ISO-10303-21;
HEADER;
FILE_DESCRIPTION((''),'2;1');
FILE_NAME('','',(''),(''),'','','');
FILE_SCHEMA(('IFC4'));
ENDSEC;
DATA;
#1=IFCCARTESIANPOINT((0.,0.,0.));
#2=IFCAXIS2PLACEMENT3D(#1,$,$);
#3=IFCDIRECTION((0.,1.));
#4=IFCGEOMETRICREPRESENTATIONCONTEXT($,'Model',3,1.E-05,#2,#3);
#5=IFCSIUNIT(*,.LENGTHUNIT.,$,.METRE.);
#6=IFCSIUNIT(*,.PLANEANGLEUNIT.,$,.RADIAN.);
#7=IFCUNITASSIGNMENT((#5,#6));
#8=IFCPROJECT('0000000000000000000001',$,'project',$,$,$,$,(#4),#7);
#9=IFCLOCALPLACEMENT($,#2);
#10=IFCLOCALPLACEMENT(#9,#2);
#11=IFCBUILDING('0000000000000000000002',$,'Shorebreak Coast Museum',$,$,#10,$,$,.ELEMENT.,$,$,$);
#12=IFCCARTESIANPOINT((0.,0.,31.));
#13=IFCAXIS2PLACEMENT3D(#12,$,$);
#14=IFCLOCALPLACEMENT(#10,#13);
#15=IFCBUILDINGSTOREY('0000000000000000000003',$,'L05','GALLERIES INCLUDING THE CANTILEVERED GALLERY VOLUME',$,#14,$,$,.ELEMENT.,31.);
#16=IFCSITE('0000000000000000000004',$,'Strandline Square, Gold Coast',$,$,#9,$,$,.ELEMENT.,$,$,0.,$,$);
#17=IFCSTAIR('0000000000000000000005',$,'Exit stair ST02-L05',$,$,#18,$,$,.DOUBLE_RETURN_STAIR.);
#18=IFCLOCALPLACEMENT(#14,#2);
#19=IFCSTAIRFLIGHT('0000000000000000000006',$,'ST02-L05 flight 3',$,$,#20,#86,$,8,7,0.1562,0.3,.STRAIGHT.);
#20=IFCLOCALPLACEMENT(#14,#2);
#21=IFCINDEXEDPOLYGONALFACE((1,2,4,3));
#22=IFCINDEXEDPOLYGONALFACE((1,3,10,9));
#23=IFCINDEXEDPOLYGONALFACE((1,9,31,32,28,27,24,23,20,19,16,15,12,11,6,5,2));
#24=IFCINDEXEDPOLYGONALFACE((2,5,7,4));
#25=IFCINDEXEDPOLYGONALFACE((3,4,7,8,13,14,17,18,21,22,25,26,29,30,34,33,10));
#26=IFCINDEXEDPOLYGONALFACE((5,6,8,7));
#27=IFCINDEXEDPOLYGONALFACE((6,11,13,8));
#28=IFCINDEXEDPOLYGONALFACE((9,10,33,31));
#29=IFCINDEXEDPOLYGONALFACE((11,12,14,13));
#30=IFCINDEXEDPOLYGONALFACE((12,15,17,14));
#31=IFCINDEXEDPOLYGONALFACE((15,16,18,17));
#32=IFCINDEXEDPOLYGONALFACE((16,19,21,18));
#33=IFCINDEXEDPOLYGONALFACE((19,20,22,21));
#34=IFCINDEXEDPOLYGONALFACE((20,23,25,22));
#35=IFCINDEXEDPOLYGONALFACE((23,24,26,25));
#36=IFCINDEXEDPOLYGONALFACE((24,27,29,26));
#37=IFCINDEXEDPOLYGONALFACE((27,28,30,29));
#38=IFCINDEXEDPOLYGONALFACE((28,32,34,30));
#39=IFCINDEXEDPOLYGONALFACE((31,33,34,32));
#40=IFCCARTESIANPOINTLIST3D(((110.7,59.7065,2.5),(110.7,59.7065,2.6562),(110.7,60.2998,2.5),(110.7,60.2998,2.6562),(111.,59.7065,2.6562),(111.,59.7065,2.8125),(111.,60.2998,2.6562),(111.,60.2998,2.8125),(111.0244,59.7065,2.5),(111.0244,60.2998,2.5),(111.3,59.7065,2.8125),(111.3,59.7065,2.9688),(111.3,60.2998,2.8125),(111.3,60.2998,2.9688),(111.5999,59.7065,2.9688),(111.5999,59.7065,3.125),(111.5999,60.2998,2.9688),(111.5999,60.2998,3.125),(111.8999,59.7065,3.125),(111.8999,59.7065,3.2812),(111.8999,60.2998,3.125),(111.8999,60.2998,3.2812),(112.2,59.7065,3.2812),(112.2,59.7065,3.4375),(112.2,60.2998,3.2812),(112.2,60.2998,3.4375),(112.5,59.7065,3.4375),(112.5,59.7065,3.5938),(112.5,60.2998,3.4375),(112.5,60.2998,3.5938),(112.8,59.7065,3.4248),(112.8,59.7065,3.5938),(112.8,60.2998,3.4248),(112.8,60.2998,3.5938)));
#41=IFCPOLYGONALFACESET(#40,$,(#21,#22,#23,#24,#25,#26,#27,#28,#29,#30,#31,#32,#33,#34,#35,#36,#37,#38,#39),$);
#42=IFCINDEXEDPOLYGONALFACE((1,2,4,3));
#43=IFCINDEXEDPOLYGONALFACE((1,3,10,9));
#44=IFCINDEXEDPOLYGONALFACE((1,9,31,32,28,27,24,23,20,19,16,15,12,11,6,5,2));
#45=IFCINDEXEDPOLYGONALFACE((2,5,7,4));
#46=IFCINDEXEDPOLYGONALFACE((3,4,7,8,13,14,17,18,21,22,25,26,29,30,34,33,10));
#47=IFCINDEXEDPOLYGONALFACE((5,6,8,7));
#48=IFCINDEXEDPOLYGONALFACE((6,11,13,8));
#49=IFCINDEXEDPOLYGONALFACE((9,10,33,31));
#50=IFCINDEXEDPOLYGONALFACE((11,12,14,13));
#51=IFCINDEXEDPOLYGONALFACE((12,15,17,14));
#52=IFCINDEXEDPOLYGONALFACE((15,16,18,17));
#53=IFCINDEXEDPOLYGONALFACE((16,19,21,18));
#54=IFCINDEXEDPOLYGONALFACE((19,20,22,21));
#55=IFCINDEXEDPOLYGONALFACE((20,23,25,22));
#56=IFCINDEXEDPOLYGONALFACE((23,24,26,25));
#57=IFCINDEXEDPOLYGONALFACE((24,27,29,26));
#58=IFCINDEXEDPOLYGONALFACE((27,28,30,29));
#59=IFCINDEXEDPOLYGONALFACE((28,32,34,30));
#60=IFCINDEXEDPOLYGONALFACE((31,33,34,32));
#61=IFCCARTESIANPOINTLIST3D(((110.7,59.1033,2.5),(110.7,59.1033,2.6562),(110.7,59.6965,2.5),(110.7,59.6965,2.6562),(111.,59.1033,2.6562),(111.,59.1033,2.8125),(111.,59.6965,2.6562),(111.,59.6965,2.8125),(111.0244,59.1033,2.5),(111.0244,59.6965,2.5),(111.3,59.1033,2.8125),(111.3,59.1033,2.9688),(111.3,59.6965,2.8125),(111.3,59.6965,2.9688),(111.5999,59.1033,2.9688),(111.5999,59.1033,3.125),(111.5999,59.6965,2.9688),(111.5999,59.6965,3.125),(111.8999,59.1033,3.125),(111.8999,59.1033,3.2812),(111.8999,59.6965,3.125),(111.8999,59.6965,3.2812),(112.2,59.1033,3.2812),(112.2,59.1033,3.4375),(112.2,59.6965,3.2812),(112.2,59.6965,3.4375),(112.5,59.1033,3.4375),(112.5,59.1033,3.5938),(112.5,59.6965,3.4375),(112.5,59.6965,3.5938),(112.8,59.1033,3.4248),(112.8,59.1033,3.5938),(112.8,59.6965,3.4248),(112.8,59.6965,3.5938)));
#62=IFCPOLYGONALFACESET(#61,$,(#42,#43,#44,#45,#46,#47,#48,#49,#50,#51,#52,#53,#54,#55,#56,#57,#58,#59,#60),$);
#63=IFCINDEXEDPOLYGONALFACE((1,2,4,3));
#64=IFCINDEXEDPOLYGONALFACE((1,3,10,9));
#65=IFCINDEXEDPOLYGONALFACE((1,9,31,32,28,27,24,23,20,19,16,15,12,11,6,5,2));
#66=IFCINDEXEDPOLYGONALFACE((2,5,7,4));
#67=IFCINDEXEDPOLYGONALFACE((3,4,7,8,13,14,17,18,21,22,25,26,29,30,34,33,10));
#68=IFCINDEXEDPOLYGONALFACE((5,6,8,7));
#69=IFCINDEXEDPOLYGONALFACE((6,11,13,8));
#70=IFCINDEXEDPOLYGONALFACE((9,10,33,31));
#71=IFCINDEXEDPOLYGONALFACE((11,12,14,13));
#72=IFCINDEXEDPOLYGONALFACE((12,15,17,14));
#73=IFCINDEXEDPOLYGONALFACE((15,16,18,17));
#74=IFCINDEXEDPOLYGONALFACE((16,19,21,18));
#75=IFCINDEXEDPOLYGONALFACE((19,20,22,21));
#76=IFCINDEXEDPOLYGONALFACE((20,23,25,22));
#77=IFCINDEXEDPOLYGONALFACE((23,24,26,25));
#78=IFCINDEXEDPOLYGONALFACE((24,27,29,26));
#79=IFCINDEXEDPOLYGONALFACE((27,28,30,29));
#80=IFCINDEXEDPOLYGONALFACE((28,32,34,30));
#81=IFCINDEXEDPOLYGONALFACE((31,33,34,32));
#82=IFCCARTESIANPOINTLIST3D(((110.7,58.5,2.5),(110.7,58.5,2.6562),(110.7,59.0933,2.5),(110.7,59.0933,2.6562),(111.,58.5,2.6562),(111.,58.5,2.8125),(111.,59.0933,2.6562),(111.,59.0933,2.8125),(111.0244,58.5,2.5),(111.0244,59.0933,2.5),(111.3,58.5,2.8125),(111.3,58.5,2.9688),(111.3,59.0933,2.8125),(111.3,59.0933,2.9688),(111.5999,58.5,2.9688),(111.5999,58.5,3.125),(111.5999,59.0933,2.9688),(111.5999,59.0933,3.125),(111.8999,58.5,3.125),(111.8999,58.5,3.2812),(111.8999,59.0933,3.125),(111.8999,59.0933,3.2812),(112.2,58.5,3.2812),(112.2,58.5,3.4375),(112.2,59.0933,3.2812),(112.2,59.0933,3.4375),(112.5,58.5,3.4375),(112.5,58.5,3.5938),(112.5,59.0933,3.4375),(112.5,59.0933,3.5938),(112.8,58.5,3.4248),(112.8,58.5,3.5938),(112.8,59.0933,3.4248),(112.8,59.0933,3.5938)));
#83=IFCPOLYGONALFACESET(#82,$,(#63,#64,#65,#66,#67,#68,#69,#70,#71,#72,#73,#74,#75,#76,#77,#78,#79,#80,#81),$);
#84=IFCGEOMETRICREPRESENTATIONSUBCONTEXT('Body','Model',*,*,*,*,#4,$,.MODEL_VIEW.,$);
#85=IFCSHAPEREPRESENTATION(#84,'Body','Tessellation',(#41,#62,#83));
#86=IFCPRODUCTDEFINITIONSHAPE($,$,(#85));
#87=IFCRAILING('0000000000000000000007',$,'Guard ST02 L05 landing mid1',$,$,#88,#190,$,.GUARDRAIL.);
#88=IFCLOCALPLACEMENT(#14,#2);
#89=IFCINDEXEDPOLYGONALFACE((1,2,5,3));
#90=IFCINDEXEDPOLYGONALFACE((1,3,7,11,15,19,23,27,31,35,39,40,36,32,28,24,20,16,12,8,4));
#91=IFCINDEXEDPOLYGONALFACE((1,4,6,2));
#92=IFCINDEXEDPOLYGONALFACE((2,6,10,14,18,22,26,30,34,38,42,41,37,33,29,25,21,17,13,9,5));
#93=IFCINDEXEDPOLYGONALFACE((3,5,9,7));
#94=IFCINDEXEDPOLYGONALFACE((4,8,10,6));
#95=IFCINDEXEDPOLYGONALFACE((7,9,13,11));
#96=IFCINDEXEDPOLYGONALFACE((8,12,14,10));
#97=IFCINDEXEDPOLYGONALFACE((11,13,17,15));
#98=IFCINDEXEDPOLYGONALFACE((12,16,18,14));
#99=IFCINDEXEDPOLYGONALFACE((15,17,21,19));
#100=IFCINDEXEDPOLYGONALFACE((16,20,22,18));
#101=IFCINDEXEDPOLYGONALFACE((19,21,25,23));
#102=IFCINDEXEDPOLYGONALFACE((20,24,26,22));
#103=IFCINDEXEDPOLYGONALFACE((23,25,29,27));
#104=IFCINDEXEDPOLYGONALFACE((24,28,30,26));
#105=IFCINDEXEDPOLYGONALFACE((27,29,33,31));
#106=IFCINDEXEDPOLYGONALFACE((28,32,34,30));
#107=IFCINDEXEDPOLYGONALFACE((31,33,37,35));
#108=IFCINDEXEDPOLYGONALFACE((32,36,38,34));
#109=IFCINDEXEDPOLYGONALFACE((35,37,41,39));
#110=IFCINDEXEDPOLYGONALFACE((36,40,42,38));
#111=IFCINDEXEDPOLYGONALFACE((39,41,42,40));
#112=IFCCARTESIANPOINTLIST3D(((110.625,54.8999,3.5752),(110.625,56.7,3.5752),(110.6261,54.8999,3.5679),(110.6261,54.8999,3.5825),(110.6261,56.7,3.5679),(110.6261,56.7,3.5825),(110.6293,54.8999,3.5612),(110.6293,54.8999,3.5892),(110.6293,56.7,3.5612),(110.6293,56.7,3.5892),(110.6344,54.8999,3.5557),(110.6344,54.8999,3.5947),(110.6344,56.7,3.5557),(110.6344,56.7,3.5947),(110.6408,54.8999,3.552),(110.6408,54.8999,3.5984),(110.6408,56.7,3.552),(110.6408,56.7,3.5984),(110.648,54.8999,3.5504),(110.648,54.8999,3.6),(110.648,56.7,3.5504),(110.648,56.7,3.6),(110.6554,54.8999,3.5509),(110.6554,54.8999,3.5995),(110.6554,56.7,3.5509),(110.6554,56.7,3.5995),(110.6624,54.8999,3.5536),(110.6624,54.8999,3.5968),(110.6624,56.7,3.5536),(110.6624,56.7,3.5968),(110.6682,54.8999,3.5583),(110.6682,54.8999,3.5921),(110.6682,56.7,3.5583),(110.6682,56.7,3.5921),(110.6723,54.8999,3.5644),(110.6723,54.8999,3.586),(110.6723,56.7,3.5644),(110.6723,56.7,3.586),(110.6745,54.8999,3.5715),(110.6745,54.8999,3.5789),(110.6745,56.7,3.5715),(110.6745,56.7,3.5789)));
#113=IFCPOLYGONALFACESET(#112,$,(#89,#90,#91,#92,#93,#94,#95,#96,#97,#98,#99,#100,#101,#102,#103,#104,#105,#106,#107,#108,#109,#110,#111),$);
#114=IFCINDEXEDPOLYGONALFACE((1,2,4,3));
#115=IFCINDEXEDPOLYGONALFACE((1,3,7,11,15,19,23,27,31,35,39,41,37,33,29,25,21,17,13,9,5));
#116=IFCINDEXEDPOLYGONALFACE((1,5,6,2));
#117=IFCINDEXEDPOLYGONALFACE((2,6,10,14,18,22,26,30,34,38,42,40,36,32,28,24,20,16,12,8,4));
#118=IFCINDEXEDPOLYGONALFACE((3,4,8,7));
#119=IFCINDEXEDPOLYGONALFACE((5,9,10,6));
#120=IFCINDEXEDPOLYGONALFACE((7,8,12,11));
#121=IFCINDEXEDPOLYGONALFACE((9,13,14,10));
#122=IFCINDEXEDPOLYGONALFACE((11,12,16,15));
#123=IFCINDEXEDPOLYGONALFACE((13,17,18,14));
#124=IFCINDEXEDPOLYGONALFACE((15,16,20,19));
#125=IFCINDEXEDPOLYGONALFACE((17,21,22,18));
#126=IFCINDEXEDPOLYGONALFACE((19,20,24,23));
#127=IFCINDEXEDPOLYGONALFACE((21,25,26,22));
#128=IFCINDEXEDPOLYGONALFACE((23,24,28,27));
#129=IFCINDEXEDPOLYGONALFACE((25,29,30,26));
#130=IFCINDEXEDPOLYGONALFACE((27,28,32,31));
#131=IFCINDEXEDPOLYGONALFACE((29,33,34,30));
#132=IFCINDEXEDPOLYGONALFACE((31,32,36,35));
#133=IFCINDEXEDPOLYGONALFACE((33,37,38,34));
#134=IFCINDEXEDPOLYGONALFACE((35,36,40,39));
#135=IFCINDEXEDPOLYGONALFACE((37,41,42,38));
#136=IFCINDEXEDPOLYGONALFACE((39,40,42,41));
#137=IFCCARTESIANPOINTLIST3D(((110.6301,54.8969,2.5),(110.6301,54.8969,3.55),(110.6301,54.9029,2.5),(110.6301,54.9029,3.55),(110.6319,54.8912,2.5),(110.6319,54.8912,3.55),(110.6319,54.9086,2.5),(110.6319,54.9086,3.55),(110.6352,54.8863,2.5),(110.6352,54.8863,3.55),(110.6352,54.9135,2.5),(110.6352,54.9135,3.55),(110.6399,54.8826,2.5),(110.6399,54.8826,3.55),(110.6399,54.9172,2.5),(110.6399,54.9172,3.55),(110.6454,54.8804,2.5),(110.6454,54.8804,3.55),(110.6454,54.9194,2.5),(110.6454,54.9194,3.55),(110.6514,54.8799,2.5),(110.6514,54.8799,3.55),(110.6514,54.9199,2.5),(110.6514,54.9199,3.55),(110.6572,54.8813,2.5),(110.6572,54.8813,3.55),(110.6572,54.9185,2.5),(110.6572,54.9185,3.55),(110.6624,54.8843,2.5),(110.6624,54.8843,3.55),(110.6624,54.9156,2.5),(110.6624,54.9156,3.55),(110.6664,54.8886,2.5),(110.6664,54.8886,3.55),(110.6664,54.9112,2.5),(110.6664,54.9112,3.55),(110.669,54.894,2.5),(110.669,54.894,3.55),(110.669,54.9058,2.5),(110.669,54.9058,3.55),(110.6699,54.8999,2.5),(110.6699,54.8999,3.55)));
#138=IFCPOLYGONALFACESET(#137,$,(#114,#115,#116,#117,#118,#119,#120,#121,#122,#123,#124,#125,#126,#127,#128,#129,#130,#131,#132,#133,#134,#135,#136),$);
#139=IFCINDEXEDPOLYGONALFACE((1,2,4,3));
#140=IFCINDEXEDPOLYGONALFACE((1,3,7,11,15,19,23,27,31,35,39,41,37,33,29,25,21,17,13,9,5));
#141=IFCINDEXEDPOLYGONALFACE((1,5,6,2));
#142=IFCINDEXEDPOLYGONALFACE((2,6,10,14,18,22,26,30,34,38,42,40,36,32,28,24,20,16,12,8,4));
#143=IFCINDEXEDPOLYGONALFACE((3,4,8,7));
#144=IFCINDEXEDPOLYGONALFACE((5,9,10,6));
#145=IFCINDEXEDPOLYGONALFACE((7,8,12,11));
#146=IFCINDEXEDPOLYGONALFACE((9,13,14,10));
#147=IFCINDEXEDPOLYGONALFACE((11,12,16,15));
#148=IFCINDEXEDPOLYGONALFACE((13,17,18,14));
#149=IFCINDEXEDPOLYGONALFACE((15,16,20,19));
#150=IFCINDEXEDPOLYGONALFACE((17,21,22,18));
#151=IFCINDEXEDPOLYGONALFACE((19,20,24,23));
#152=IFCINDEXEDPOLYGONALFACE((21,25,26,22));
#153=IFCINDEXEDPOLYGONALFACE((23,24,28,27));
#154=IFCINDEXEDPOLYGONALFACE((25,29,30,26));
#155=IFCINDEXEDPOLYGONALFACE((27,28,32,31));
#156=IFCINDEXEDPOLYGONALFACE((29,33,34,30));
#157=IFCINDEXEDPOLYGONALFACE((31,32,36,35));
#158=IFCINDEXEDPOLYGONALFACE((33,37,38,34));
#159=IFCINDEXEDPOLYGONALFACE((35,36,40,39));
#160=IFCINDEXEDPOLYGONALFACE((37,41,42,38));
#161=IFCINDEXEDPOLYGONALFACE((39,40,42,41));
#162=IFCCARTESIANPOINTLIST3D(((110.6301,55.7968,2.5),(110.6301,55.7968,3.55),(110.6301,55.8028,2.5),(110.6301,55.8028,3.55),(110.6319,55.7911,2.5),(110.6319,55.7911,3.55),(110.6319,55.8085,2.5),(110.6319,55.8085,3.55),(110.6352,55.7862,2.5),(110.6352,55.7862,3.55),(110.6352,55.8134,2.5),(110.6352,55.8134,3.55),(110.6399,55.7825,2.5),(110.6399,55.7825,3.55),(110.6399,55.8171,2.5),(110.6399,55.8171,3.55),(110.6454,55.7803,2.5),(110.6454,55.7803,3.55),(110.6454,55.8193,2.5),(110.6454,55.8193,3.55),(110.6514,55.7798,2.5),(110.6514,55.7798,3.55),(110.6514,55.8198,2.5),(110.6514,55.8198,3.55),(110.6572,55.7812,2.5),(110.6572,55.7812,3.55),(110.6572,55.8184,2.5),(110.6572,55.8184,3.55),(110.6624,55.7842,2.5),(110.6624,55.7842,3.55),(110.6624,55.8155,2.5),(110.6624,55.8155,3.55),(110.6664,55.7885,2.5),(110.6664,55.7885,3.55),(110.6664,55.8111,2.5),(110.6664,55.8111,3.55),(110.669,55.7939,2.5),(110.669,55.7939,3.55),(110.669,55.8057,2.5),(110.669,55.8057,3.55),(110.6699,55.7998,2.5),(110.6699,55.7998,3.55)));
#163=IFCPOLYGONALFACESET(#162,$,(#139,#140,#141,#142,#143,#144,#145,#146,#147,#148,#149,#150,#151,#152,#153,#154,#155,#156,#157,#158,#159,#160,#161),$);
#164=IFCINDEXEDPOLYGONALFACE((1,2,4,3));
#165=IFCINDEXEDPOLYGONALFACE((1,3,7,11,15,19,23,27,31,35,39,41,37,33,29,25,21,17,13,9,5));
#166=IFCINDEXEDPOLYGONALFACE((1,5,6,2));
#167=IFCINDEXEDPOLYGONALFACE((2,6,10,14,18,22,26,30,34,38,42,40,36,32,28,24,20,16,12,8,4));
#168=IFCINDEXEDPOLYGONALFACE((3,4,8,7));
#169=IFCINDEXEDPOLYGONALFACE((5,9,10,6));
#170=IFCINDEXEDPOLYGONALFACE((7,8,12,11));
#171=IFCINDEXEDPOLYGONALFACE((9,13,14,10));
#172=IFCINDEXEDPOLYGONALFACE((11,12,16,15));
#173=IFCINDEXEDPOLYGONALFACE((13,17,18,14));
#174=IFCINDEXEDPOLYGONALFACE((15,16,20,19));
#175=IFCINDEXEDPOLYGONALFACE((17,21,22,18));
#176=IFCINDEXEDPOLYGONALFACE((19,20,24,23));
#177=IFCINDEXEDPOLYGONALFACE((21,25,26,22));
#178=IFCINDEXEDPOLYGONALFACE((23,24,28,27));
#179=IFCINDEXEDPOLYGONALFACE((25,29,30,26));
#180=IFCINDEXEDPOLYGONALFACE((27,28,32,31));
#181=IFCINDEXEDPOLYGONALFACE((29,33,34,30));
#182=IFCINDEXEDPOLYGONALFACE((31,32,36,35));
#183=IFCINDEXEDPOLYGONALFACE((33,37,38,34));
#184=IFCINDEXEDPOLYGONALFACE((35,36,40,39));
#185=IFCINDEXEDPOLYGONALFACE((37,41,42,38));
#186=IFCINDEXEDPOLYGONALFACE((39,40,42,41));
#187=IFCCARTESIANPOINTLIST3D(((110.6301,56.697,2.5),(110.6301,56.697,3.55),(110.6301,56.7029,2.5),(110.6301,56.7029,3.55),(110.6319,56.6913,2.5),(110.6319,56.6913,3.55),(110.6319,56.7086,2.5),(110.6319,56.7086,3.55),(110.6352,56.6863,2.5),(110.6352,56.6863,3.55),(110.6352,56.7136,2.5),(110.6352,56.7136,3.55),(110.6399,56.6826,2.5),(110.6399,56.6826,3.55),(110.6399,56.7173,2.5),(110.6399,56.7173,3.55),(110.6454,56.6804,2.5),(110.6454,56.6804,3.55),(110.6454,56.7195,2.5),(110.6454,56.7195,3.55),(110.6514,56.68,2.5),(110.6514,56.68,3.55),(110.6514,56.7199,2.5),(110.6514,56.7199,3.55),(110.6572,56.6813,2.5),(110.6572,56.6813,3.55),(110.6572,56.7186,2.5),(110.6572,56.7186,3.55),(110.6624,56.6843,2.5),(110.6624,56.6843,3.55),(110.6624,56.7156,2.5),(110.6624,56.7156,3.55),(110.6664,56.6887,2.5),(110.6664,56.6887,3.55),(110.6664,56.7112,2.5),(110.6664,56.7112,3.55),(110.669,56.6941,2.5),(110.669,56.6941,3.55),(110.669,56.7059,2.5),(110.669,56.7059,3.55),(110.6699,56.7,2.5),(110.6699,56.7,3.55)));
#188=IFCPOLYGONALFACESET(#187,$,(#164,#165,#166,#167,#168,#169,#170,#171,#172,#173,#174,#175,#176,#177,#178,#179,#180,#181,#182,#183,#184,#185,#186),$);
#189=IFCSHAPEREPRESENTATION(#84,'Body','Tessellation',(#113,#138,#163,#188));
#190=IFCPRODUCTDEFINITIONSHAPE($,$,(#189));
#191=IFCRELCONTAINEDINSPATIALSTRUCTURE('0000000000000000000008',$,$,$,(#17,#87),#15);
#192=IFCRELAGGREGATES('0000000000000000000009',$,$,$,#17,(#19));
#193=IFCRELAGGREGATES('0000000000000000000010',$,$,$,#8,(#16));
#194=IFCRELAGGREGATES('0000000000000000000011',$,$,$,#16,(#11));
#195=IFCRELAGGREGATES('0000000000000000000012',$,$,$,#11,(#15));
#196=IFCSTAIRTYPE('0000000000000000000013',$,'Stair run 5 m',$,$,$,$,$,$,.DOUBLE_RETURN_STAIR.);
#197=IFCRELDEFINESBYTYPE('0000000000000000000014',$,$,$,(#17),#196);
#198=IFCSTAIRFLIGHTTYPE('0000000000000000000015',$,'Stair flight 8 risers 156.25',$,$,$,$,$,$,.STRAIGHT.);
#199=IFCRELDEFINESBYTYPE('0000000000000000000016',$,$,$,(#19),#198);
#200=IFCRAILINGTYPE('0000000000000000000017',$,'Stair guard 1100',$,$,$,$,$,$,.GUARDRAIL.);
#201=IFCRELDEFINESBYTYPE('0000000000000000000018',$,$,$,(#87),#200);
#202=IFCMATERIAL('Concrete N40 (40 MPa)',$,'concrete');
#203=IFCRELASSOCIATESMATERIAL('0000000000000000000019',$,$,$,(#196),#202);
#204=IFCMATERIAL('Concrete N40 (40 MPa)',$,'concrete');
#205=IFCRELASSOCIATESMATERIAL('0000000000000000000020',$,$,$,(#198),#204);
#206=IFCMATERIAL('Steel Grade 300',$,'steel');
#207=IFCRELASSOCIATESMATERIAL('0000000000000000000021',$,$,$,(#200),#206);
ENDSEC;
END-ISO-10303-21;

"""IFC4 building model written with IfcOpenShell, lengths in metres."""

from ifc_helpers import new_model, si_unit, direction, frame, origin, origin_2d, place, context, subcontext, project, spatial, polyline, circle, outline, extrude, material, type_object, element, aggregate, save


model = new_model("IFC4")

# Units and contexts
model_context = context("Model", 3, precision=1e-05, world=origin(), true_north=direction((0.0, 1.0)))
body_context = subcontext(model_context, "Body", "Model", "MODEL_VIEW")
ifc_project = project(units=[si_unit("LENGTHUNIT", "METRE"), si_unit("PLANEANGLEUNIT", "RADIAN")], contexts=[model_context])

# Site, building, storey
site_placement = place(None, origin())
site = spatial("IfcSite", under=ifc_project, at=site_placement, Name="Strandline Square, Gold Coast", CompositionType="ELEMENT", RefElevation=0.0)
building_placement = place(site_placement, origin())
building = spatial("IfcBuilding", under=site, at=building_placement, Name="Shorebreak Coast Museum", CompositionType="ELEMENT")
storey_placement = place(building_placement, frame((0.0, 0.0, 31.0)))
storey = spatial("IfcBuildingStorey", under=building, at=storey_placement, Name="L05", Description="GALLERIES INCLUDING THE CANTILEVERED GALLERY VOLUME", CompositionType="ELEMENT", Elevation=31.0)

# Stair, stair flight
ifc_material_1 = material(Name="Concrete N40 (40 MPa)", Category="concrete")
stair_type = type_object("IfcStairType", Name="Stair run 5 m", PredefinedType="DOUBLE_RETURN_STAIR", material=ifc_material_1)
stair_placement = place(storey_placement, origin())
stair = element("IfcStair", 1, at=stair_placement, inside=storey, type_object=stair_type, Name="Exit stair ST02-L05", PredefinedType="DOUBLE_RETURN_STAIR")
ifc_material_2 = material(Name="Concrete N40 (40 MPa)", Category="concrete")
stair_flight_type = type_object("IfcStairFlightType", Name="Stair flight 8 risers 156.25", PredefinedType="STRAIGHT", material=ifc_material_2)
stair_flight_1_placement = place(storey_placement, frame((110.7, 59.3999, 2.5), z_axis=(0.0, 0.0, 1.0), x_axis=(1.0, 0.0, 0.0)))
stair_flight_1 = element("IfcStairFlight", 2, at=stair_flight_1_placement, type_object=stair_flight_type, Name="ST02-L05 flight 3", NumberOfRisers=8, NumberOfTreads=7, PredefinedType="STRAIGHT", RiserHeight=0.1562, TreadLength=0.3, context=body_context, shape_type="SweptSolid", body=[
    extrude(outline(polyline([(0.0, 0.0), (0.0, 0.1562), (0.3, 0.1562), (0.3, 0.3125), (0.6001, 0.3125), (0.6001, 0.4688), (0.8999, 0.4688), (0.8999, 0.625), (1.2, 0.625), (1.2, 0.7812), (1.5, 0.7812), (1.5, 0.9375), (1.8, 0.9375), (1.8, 1.0938), (2.1001, 1.0938), (2.1001, 1.25), (2.1001, 0.9248), (0.3245, 0.0), (0.0, 0.0)])), frame((0.0, 0.8999, 0.0), z_axis=(0.0, -1.0, 0.0), x_axis=(1.0, 0.0, 0.0)), (0.0, 0.0, 1.0), 0.5933),
    extrude(outline(polyline([(0.0, 0.0), (0.0, 0.1562), (0.3, 0.1562), (0.3, 0.3125), (0.6001, 0.3125), (0.6001, 0.4688), (0.8999, 0.4688), (0.8999, 0.625), (1.2, 0.625), (1.2, 0.7812), (1.5, 0.7812), (1.5, 0.9375), (1.8, 0.9375), (1.8, 1.0938), (2.1001, 1.0938), (2.1001, 1.25), (2.1001, 0.9248), (0.3245, 0.0), (0.0, 0.0)])), frame((0.0, 0.2966, 0.0), z_axis=(0.0, -1.0, 0.0), x_axis=(1.0, 0.0, 0.0)), (0.0, 0.0, 1.0), 0.5933),
    extrude(outline(polyline([(0.0, 0.0), (0.0, 0.1562), (0.3, 0.1562), (0.3, 0.3125), (0.6001, 0.3125), (0.6001, 0.4688), (0.8999, 0.4688), (0.8999, 0.625), (1.2, 0.625), (1.2, 0.7812), (1.5, 0.7812), (1.5, 0.9375), (1.8, 0.9375), (1.8, 1.0938), (2.1001, 1.0938), (2.1001, 1.25), (2.1001, 0.9248), (0.3245, 0.0), (0.0, 0.0)])), frame((0.0, -0.3066, 0.0), z_axis=(0.0, -1.0, 0.0), x_axis=(1.0, 0.0, 0.0)), (0.0, 0.0, 1.0), 0.5933),
])
aggregate(stair, [stair_flight_1])

# Railing
ifc_material_3 = material(Name="Steel Grade 300", Category="steel")
railing_type_1 = type_object("IfcRailingType", Name="Stair guard 1100", PredefinedType="GUARDRAIL", material=ifc_material_3)
for number, where, name in (
    (3, (110.6499, 54.8999, 2.5), "Guard ST02 L05 landing mid1"),
):
    element("IfcRailing", number, at=place(storey_placement, frame(where)), inside=storey, type_object=railing_type_1, Name=name, PredefinedType="GUARDRAIL", context=body_context, shape_type="SweptSolid", body=[
        extrude(circle(Radius=0.0249, at=origin_2d()), frame((0.0, 0.0, 1.0752), z_axis=(0.0, 1.0, 0.0), x_axis=(-1.0, 0.0, 0.0)), (0.0, 0.0, 1.0), 1.8),
        extrude(circle(Radius=0.02, at=origin_2d()), origin(), (0.0, 0.0, 1.0), 1.05),
        extrude(circle(Radius=0.02, at=origin_2d()), frame((0.0, 0.8999, 0.0)), (0.0, 0.0, 1.0), 1.05),
        extrude(circle(Radius=0.02, at=origin_2d()), frame((0.0, 1.8, 0.0)), (0.0, 0.0, 1.0), 1.05),
    ])

save(model, "model.ifc")
